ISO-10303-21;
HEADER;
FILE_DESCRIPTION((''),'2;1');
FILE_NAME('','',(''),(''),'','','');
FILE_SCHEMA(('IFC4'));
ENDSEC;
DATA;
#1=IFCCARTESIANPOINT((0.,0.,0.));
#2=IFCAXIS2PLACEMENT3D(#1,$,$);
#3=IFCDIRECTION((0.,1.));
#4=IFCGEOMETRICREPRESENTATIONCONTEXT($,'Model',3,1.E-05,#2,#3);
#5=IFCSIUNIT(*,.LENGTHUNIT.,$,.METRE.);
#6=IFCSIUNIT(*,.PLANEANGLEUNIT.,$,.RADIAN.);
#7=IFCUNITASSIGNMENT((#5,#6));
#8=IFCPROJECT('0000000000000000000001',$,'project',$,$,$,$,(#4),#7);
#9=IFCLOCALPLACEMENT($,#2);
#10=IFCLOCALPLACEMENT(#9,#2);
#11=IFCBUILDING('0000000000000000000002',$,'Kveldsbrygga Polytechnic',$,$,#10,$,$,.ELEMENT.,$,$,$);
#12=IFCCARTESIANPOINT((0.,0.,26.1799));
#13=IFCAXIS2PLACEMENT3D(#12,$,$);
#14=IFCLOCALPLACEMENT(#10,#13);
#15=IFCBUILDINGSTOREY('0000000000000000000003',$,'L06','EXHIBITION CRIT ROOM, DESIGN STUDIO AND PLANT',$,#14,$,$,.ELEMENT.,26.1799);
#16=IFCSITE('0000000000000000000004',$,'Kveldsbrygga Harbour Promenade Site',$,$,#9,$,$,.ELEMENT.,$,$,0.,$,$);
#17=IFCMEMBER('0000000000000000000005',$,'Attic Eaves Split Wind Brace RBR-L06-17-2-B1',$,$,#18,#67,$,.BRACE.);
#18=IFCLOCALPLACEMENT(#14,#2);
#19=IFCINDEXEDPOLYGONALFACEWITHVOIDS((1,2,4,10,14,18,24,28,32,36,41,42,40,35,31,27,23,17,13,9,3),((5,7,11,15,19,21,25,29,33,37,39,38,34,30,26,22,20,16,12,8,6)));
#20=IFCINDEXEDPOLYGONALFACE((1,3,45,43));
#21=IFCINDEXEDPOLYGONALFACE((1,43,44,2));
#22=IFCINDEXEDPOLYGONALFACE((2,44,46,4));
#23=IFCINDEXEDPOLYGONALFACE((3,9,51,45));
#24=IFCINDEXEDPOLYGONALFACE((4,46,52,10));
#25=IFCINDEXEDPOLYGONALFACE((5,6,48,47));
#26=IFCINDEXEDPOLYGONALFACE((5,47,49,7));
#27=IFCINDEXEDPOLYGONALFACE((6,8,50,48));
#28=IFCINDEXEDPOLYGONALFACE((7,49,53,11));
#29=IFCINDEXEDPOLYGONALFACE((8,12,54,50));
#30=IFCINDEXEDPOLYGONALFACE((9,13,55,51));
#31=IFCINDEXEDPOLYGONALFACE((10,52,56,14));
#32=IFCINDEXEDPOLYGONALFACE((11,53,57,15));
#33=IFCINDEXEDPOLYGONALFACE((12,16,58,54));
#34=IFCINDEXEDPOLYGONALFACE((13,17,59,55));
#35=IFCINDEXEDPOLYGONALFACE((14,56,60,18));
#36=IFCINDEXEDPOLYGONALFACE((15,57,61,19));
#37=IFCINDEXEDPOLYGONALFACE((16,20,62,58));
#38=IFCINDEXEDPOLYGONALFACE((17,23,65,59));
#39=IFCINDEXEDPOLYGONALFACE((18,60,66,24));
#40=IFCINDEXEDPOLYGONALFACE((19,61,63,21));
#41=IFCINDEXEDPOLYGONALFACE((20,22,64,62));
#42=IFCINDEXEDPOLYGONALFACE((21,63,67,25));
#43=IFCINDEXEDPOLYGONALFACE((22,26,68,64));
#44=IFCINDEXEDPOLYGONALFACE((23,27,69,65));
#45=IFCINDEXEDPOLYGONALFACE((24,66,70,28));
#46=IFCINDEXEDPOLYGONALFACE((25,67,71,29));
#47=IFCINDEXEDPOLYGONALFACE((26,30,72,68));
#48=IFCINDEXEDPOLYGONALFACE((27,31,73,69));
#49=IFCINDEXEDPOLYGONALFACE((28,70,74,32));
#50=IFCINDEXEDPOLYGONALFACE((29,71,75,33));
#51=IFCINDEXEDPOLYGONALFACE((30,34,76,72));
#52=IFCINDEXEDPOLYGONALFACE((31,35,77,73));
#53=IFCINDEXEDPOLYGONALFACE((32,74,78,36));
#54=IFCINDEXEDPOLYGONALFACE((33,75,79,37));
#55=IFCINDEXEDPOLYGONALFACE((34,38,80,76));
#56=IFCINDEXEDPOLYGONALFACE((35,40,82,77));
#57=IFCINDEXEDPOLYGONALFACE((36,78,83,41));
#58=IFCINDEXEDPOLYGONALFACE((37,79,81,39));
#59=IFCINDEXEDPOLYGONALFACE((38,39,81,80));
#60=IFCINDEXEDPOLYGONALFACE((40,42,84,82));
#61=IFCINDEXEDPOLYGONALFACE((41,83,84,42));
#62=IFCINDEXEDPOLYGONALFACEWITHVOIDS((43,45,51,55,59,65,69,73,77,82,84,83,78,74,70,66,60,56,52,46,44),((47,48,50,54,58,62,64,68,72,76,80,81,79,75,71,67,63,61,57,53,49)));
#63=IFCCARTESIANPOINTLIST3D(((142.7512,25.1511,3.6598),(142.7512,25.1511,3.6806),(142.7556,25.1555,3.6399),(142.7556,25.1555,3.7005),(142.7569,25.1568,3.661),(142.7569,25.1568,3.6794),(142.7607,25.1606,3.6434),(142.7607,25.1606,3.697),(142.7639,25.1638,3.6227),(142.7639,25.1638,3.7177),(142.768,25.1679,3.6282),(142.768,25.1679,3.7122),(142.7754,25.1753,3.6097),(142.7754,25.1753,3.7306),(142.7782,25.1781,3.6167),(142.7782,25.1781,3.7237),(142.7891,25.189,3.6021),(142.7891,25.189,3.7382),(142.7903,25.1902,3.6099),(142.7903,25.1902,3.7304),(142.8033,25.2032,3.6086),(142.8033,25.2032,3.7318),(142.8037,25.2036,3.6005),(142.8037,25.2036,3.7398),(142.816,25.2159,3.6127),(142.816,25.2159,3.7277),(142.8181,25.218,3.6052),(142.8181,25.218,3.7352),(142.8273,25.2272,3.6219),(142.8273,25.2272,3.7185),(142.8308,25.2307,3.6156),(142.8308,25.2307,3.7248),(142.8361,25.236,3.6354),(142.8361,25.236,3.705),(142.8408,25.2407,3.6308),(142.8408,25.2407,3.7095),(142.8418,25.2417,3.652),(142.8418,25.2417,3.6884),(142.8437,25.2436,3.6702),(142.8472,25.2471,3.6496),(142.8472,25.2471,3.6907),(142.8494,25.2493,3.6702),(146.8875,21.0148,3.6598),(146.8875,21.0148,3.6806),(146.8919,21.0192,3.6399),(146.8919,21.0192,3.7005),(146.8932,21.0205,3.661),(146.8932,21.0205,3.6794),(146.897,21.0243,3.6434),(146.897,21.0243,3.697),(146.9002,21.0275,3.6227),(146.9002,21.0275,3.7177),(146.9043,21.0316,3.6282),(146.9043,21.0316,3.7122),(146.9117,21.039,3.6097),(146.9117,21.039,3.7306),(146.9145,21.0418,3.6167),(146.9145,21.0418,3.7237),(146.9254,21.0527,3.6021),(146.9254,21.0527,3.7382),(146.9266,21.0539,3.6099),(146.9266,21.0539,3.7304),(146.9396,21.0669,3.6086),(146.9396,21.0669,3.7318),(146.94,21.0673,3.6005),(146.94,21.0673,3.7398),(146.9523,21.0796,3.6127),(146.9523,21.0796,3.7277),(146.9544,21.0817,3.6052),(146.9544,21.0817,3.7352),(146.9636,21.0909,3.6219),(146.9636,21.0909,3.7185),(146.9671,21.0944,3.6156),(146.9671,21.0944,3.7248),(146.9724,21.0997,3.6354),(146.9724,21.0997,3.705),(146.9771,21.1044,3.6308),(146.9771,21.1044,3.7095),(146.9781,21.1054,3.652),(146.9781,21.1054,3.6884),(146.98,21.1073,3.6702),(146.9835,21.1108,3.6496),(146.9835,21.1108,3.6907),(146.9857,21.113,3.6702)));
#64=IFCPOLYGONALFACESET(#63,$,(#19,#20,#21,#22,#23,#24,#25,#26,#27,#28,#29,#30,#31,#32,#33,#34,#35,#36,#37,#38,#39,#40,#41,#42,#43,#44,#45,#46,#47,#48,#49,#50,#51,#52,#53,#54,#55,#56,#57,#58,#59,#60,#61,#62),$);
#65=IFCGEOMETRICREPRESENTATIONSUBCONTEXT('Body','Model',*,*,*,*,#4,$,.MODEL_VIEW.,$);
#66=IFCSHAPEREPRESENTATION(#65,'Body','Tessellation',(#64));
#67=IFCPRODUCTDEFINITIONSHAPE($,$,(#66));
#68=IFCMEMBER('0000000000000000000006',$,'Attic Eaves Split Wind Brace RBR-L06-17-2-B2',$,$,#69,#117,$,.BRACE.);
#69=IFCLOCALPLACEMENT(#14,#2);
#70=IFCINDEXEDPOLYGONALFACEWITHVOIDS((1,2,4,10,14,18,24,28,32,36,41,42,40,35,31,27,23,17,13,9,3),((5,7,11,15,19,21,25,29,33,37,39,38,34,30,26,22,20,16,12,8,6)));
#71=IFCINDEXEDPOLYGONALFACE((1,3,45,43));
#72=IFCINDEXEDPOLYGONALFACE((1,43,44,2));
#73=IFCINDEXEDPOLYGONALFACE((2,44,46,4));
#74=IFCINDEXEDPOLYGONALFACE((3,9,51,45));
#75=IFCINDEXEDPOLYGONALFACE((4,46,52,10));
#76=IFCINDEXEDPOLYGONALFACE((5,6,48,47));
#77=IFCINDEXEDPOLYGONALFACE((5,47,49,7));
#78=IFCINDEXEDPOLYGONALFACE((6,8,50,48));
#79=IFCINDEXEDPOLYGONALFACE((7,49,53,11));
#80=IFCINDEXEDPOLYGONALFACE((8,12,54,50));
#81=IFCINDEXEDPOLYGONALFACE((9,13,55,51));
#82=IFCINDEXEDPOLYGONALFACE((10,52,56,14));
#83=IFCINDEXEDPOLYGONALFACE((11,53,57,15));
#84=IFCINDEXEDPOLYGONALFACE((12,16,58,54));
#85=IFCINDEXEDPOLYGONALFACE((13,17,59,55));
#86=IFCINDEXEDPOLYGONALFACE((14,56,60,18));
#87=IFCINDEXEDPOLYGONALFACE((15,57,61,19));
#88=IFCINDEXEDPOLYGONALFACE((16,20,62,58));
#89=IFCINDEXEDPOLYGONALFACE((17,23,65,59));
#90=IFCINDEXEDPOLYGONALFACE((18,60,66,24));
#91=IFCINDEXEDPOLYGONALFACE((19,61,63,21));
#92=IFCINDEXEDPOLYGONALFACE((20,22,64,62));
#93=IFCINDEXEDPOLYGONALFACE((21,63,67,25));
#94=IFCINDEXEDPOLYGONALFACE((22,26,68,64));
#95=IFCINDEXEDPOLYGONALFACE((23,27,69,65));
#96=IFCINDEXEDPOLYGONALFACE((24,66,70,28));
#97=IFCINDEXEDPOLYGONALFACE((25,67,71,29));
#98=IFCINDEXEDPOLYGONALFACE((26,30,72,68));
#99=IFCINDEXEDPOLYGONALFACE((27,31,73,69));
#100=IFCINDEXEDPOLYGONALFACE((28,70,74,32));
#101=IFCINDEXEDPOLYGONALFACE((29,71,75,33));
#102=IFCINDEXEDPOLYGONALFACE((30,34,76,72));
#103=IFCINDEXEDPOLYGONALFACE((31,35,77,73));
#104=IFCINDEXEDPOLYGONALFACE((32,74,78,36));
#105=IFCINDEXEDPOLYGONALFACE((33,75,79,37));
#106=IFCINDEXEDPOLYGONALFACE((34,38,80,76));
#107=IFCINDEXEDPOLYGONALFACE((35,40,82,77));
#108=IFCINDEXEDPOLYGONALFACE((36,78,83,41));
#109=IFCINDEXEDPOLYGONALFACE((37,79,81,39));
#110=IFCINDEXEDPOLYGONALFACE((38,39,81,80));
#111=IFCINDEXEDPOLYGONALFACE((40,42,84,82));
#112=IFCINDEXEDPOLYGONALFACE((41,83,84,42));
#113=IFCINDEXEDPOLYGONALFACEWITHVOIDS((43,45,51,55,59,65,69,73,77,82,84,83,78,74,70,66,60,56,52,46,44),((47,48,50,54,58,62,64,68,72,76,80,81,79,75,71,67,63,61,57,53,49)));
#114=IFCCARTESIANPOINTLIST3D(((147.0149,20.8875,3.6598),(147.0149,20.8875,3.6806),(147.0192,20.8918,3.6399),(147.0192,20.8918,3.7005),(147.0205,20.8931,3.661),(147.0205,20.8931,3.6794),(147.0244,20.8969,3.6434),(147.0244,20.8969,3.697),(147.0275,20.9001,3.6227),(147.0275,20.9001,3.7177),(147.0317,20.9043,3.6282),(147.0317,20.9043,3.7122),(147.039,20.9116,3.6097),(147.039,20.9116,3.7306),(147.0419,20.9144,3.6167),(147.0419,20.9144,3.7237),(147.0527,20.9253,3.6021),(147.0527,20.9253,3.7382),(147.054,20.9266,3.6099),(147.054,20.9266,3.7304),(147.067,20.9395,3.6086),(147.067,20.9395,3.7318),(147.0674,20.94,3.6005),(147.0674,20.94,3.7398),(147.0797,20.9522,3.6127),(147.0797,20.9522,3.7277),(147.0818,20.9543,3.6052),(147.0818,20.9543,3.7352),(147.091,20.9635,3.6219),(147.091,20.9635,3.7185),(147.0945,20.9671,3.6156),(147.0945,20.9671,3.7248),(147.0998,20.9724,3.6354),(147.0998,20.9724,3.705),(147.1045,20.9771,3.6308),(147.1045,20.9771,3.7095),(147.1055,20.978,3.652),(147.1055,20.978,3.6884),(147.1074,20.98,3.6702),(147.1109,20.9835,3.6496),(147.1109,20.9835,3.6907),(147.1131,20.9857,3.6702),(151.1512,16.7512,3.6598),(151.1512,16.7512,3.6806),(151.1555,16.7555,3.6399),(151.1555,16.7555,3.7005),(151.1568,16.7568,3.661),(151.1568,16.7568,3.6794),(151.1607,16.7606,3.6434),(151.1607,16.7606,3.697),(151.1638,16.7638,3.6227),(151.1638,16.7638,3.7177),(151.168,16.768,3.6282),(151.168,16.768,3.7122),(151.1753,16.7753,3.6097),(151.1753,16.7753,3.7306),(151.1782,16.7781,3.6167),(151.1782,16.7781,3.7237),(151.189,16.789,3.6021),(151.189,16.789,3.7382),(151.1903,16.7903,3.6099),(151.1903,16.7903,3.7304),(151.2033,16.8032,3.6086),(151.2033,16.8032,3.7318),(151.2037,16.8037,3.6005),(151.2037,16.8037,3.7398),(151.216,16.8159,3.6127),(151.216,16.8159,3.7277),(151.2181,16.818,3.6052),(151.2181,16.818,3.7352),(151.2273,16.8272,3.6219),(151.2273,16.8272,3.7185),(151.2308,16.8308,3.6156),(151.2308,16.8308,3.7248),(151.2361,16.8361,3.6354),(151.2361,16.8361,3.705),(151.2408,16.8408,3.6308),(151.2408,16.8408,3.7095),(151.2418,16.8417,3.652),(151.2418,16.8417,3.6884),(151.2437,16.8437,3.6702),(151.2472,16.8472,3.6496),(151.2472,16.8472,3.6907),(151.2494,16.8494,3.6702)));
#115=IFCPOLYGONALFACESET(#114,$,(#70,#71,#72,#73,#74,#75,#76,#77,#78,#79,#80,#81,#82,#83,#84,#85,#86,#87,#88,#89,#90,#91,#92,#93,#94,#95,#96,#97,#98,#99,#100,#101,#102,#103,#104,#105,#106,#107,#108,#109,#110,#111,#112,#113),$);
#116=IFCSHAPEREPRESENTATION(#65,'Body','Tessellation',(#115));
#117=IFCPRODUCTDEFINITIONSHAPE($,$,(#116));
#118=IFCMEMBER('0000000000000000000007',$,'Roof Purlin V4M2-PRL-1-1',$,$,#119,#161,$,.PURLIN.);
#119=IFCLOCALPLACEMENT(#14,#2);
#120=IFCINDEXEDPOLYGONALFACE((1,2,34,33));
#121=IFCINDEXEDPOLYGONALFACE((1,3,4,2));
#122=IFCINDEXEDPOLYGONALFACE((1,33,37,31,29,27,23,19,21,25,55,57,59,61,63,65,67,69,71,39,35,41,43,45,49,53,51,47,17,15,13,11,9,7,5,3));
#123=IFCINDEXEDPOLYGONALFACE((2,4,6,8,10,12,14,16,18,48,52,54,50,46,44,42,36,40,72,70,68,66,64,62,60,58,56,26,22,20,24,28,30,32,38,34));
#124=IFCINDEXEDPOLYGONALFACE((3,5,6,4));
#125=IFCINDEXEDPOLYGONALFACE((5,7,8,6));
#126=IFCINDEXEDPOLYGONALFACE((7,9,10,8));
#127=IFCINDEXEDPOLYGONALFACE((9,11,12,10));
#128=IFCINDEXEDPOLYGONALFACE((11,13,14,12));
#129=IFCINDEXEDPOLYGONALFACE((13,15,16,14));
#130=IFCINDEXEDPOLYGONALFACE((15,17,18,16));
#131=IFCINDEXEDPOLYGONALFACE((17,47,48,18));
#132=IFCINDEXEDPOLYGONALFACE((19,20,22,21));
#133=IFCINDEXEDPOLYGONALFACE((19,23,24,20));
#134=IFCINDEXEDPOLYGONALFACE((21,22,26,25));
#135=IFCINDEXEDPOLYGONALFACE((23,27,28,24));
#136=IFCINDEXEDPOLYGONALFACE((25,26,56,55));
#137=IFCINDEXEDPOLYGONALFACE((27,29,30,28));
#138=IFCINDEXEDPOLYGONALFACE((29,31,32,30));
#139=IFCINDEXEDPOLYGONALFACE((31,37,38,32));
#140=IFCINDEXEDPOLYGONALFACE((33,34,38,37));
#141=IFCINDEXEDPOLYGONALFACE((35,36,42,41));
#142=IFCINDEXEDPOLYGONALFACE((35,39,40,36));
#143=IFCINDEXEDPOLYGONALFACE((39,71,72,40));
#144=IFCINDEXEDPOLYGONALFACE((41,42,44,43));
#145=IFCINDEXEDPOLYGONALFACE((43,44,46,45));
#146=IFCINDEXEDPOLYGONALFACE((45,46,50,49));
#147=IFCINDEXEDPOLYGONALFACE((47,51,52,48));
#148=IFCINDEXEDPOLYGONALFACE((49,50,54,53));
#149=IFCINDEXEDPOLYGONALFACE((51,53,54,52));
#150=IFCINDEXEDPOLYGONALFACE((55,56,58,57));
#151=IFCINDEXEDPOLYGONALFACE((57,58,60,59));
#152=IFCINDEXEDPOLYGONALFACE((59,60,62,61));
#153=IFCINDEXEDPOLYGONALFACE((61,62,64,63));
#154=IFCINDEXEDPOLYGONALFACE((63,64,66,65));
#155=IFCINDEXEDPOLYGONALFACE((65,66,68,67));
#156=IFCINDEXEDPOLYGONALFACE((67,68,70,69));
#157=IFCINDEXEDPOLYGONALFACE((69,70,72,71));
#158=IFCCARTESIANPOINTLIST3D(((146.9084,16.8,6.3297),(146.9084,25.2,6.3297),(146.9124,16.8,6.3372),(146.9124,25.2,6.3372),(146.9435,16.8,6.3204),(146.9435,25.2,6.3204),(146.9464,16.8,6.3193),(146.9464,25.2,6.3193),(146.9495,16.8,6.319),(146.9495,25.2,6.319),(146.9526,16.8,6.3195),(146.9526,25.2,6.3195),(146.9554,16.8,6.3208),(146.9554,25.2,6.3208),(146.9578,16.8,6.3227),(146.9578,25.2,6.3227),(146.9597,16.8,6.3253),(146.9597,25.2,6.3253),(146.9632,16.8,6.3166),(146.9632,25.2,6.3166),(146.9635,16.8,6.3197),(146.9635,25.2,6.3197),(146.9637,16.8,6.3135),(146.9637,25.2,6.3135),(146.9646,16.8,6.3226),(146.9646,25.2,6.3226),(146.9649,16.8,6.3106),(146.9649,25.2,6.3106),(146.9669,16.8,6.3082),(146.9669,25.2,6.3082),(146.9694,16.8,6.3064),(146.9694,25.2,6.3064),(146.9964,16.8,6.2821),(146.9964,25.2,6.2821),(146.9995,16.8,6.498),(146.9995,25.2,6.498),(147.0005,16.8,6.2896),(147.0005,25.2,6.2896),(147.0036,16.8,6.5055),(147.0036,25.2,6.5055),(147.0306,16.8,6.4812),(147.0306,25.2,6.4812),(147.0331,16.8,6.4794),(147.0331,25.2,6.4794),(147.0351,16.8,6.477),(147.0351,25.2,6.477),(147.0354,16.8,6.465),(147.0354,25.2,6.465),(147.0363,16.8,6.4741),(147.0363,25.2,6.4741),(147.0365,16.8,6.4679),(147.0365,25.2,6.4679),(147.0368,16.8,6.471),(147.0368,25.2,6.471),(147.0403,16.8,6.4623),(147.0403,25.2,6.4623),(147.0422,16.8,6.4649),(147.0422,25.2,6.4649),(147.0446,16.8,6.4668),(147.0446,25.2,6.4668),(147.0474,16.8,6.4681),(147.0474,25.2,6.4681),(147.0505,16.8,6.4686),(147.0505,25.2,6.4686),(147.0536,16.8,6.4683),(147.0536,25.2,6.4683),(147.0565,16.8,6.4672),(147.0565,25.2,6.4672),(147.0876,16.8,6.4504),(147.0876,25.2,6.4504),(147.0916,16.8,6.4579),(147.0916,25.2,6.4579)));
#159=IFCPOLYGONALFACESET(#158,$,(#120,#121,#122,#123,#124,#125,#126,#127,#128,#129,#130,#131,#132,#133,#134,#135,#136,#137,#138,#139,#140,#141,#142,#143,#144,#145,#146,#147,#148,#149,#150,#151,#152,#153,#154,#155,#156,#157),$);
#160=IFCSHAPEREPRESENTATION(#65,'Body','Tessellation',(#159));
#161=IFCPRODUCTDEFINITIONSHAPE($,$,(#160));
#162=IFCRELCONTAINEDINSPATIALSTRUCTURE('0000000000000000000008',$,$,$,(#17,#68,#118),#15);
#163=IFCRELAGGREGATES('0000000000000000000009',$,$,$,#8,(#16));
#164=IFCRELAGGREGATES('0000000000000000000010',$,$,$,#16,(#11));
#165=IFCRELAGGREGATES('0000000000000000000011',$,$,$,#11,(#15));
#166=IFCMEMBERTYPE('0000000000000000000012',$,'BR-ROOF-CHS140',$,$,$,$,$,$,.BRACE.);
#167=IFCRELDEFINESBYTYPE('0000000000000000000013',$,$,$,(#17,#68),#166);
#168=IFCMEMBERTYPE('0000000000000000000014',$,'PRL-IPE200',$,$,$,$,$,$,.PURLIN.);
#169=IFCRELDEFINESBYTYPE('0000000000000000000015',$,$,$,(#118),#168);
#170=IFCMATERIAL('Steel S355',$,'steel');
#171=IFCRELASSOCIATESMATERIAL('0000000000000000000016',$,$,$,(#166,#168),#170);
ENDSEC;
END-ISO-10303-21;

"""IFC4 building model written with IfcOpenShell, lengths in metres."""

from ifc_helpers import new_model, si_unit, direction, frame, origin, origin_2d, place, context, subcontext, project, spatial, hollow_circle, i_section, extrude, material, material_profile, profile_set, type_object, element, save


model = new_model("IFC4")

# Units and contexts
model_context = context("Model", 3, precision=1e-05, world=origin(), true_north=direction((0.0, 1.0)))
body_context = subcontext(model_context, "Body", "Model", "MODEL_VIEW")
ifc_project = project(units=[si_unit("LENGTHUNIT", "METRE"), si_unit("PLANEANGLEUNIT", "RADIAN")], contexts=[model_context])

# Site, building, storey
site_placement = place(None, origin())
site = spatial("IfcSite", under=ifc_project, at=site_placement, Name="Kveldsbrygga Harbour Promenade Site", CompositionType="ELEMENT", RefElevation=0.0)
building_placement = place(site_placement, origin())
building = spatial("IfcBuilding", under=site, at=building_placement, Name="Kveldsbrygga Polytechnic", CompositionType="ELEMENT")
storey_placement = place(building_placement, frame((0.0, 0.0, 26.1799)))
storey = spatial("IfcBuildingStorey", under=building, at=storey_placement, Name="L06", Description="EXHIBITION CRIT ROOM, DESIGN STUDIO AND PLANT", CompositionType="ELEMENT", Elevation=26.1799)

# Shared definitions
ifc_material_1 = material(Name="Steel S355", Category="steel")

# Members
ifc_material_profile_1 = material_profile(ifc_material_1, hollow_circle(Radius=0.0698, WallThickness=0.0081, at=origin_2d()), Name="CHS 139.7x8.0")
ifc_profile_set_1 = profile_set([ifc_material_profile_1], Name="Steel S355")
member_type_1 = type_object("IfcMemberType", Name="BR-ROOF-CHS140", PredefinedType="BRACE", material=ifc_profile_set_1)
for number, where, z_axis, x_axis, name in (
    (1, (142.8, 25.2, 3.6702), (0.707107, -0.707107, 0.0), (0.707107, 0.707107, 0.0), "Attic Eaves Split Wind Brace RBR-L06-17-2-B1"),
    (2, (147.0637, 20.9363, 3.6702), (0.707107, -0.707107, 0.0), (0.707107, 0.707107, 0.0), "Attic Eaves Split Wind Brace RBR-L06-17-2-B2"),
):
    element("IfcMember", number, at=place(storey_placement, frame(where, z_axis=z_axis, x_axis=x_axis)), inside=storey, type_object=member_type_1, Name=name, PredefinedType="BRACE", context=body_context, shape_type="SweptSolid", body=[
        extrude(hollow_circle(Radius=0.0698, WallThickness=0.0081, at=origin_2d()), origin(), (0.0, 0.0, 1.0), 5.8496),
    ])
ifc_material_profile_2 = material_profile(ifc_material_1, i_section(OverallWidth=0.1001, OverallDepth=0.2, WebThickness=0.0056, FlangeThickness=0.0085, FilletRadius=0.012, at=origin_2d()), Name="IPE 200")
ifc_profile_set_2 = profile_set([ifc_material_profile_2], Name="Steel S355")
member_type_2 = type_object("IfcMemberType", Name="PRL-IPE200", PredefinedType="PURLIN", material=ifc_profile_set_2)
member_1_placement = place(storey_placement, frame((147.0, 16.8, 6.3938), z_axis=(0.0, 1.0, 0.0), x_axis=(-0.879292, 0.0, 0.476283)))
element("IfcMember", 3, at=member_1_placement, inside=storey, type_object=member_type_2, Name="Roof Purlin V4M2-PRL-1-1", PredefinedType="PURLIN", context=body_context, shape_type="SweptSolid", body=[
    extrude(i_section(OverallWidth=0.1001, OverallDepth=0.2, WebThickness=0.0056, FlangeThickness=0.0085, FilletRadius=0.012, at=origin_2d()), origin(), (0.0, 0.0, 1.0), 8.3999),
])

save(model, "model.ifc")
